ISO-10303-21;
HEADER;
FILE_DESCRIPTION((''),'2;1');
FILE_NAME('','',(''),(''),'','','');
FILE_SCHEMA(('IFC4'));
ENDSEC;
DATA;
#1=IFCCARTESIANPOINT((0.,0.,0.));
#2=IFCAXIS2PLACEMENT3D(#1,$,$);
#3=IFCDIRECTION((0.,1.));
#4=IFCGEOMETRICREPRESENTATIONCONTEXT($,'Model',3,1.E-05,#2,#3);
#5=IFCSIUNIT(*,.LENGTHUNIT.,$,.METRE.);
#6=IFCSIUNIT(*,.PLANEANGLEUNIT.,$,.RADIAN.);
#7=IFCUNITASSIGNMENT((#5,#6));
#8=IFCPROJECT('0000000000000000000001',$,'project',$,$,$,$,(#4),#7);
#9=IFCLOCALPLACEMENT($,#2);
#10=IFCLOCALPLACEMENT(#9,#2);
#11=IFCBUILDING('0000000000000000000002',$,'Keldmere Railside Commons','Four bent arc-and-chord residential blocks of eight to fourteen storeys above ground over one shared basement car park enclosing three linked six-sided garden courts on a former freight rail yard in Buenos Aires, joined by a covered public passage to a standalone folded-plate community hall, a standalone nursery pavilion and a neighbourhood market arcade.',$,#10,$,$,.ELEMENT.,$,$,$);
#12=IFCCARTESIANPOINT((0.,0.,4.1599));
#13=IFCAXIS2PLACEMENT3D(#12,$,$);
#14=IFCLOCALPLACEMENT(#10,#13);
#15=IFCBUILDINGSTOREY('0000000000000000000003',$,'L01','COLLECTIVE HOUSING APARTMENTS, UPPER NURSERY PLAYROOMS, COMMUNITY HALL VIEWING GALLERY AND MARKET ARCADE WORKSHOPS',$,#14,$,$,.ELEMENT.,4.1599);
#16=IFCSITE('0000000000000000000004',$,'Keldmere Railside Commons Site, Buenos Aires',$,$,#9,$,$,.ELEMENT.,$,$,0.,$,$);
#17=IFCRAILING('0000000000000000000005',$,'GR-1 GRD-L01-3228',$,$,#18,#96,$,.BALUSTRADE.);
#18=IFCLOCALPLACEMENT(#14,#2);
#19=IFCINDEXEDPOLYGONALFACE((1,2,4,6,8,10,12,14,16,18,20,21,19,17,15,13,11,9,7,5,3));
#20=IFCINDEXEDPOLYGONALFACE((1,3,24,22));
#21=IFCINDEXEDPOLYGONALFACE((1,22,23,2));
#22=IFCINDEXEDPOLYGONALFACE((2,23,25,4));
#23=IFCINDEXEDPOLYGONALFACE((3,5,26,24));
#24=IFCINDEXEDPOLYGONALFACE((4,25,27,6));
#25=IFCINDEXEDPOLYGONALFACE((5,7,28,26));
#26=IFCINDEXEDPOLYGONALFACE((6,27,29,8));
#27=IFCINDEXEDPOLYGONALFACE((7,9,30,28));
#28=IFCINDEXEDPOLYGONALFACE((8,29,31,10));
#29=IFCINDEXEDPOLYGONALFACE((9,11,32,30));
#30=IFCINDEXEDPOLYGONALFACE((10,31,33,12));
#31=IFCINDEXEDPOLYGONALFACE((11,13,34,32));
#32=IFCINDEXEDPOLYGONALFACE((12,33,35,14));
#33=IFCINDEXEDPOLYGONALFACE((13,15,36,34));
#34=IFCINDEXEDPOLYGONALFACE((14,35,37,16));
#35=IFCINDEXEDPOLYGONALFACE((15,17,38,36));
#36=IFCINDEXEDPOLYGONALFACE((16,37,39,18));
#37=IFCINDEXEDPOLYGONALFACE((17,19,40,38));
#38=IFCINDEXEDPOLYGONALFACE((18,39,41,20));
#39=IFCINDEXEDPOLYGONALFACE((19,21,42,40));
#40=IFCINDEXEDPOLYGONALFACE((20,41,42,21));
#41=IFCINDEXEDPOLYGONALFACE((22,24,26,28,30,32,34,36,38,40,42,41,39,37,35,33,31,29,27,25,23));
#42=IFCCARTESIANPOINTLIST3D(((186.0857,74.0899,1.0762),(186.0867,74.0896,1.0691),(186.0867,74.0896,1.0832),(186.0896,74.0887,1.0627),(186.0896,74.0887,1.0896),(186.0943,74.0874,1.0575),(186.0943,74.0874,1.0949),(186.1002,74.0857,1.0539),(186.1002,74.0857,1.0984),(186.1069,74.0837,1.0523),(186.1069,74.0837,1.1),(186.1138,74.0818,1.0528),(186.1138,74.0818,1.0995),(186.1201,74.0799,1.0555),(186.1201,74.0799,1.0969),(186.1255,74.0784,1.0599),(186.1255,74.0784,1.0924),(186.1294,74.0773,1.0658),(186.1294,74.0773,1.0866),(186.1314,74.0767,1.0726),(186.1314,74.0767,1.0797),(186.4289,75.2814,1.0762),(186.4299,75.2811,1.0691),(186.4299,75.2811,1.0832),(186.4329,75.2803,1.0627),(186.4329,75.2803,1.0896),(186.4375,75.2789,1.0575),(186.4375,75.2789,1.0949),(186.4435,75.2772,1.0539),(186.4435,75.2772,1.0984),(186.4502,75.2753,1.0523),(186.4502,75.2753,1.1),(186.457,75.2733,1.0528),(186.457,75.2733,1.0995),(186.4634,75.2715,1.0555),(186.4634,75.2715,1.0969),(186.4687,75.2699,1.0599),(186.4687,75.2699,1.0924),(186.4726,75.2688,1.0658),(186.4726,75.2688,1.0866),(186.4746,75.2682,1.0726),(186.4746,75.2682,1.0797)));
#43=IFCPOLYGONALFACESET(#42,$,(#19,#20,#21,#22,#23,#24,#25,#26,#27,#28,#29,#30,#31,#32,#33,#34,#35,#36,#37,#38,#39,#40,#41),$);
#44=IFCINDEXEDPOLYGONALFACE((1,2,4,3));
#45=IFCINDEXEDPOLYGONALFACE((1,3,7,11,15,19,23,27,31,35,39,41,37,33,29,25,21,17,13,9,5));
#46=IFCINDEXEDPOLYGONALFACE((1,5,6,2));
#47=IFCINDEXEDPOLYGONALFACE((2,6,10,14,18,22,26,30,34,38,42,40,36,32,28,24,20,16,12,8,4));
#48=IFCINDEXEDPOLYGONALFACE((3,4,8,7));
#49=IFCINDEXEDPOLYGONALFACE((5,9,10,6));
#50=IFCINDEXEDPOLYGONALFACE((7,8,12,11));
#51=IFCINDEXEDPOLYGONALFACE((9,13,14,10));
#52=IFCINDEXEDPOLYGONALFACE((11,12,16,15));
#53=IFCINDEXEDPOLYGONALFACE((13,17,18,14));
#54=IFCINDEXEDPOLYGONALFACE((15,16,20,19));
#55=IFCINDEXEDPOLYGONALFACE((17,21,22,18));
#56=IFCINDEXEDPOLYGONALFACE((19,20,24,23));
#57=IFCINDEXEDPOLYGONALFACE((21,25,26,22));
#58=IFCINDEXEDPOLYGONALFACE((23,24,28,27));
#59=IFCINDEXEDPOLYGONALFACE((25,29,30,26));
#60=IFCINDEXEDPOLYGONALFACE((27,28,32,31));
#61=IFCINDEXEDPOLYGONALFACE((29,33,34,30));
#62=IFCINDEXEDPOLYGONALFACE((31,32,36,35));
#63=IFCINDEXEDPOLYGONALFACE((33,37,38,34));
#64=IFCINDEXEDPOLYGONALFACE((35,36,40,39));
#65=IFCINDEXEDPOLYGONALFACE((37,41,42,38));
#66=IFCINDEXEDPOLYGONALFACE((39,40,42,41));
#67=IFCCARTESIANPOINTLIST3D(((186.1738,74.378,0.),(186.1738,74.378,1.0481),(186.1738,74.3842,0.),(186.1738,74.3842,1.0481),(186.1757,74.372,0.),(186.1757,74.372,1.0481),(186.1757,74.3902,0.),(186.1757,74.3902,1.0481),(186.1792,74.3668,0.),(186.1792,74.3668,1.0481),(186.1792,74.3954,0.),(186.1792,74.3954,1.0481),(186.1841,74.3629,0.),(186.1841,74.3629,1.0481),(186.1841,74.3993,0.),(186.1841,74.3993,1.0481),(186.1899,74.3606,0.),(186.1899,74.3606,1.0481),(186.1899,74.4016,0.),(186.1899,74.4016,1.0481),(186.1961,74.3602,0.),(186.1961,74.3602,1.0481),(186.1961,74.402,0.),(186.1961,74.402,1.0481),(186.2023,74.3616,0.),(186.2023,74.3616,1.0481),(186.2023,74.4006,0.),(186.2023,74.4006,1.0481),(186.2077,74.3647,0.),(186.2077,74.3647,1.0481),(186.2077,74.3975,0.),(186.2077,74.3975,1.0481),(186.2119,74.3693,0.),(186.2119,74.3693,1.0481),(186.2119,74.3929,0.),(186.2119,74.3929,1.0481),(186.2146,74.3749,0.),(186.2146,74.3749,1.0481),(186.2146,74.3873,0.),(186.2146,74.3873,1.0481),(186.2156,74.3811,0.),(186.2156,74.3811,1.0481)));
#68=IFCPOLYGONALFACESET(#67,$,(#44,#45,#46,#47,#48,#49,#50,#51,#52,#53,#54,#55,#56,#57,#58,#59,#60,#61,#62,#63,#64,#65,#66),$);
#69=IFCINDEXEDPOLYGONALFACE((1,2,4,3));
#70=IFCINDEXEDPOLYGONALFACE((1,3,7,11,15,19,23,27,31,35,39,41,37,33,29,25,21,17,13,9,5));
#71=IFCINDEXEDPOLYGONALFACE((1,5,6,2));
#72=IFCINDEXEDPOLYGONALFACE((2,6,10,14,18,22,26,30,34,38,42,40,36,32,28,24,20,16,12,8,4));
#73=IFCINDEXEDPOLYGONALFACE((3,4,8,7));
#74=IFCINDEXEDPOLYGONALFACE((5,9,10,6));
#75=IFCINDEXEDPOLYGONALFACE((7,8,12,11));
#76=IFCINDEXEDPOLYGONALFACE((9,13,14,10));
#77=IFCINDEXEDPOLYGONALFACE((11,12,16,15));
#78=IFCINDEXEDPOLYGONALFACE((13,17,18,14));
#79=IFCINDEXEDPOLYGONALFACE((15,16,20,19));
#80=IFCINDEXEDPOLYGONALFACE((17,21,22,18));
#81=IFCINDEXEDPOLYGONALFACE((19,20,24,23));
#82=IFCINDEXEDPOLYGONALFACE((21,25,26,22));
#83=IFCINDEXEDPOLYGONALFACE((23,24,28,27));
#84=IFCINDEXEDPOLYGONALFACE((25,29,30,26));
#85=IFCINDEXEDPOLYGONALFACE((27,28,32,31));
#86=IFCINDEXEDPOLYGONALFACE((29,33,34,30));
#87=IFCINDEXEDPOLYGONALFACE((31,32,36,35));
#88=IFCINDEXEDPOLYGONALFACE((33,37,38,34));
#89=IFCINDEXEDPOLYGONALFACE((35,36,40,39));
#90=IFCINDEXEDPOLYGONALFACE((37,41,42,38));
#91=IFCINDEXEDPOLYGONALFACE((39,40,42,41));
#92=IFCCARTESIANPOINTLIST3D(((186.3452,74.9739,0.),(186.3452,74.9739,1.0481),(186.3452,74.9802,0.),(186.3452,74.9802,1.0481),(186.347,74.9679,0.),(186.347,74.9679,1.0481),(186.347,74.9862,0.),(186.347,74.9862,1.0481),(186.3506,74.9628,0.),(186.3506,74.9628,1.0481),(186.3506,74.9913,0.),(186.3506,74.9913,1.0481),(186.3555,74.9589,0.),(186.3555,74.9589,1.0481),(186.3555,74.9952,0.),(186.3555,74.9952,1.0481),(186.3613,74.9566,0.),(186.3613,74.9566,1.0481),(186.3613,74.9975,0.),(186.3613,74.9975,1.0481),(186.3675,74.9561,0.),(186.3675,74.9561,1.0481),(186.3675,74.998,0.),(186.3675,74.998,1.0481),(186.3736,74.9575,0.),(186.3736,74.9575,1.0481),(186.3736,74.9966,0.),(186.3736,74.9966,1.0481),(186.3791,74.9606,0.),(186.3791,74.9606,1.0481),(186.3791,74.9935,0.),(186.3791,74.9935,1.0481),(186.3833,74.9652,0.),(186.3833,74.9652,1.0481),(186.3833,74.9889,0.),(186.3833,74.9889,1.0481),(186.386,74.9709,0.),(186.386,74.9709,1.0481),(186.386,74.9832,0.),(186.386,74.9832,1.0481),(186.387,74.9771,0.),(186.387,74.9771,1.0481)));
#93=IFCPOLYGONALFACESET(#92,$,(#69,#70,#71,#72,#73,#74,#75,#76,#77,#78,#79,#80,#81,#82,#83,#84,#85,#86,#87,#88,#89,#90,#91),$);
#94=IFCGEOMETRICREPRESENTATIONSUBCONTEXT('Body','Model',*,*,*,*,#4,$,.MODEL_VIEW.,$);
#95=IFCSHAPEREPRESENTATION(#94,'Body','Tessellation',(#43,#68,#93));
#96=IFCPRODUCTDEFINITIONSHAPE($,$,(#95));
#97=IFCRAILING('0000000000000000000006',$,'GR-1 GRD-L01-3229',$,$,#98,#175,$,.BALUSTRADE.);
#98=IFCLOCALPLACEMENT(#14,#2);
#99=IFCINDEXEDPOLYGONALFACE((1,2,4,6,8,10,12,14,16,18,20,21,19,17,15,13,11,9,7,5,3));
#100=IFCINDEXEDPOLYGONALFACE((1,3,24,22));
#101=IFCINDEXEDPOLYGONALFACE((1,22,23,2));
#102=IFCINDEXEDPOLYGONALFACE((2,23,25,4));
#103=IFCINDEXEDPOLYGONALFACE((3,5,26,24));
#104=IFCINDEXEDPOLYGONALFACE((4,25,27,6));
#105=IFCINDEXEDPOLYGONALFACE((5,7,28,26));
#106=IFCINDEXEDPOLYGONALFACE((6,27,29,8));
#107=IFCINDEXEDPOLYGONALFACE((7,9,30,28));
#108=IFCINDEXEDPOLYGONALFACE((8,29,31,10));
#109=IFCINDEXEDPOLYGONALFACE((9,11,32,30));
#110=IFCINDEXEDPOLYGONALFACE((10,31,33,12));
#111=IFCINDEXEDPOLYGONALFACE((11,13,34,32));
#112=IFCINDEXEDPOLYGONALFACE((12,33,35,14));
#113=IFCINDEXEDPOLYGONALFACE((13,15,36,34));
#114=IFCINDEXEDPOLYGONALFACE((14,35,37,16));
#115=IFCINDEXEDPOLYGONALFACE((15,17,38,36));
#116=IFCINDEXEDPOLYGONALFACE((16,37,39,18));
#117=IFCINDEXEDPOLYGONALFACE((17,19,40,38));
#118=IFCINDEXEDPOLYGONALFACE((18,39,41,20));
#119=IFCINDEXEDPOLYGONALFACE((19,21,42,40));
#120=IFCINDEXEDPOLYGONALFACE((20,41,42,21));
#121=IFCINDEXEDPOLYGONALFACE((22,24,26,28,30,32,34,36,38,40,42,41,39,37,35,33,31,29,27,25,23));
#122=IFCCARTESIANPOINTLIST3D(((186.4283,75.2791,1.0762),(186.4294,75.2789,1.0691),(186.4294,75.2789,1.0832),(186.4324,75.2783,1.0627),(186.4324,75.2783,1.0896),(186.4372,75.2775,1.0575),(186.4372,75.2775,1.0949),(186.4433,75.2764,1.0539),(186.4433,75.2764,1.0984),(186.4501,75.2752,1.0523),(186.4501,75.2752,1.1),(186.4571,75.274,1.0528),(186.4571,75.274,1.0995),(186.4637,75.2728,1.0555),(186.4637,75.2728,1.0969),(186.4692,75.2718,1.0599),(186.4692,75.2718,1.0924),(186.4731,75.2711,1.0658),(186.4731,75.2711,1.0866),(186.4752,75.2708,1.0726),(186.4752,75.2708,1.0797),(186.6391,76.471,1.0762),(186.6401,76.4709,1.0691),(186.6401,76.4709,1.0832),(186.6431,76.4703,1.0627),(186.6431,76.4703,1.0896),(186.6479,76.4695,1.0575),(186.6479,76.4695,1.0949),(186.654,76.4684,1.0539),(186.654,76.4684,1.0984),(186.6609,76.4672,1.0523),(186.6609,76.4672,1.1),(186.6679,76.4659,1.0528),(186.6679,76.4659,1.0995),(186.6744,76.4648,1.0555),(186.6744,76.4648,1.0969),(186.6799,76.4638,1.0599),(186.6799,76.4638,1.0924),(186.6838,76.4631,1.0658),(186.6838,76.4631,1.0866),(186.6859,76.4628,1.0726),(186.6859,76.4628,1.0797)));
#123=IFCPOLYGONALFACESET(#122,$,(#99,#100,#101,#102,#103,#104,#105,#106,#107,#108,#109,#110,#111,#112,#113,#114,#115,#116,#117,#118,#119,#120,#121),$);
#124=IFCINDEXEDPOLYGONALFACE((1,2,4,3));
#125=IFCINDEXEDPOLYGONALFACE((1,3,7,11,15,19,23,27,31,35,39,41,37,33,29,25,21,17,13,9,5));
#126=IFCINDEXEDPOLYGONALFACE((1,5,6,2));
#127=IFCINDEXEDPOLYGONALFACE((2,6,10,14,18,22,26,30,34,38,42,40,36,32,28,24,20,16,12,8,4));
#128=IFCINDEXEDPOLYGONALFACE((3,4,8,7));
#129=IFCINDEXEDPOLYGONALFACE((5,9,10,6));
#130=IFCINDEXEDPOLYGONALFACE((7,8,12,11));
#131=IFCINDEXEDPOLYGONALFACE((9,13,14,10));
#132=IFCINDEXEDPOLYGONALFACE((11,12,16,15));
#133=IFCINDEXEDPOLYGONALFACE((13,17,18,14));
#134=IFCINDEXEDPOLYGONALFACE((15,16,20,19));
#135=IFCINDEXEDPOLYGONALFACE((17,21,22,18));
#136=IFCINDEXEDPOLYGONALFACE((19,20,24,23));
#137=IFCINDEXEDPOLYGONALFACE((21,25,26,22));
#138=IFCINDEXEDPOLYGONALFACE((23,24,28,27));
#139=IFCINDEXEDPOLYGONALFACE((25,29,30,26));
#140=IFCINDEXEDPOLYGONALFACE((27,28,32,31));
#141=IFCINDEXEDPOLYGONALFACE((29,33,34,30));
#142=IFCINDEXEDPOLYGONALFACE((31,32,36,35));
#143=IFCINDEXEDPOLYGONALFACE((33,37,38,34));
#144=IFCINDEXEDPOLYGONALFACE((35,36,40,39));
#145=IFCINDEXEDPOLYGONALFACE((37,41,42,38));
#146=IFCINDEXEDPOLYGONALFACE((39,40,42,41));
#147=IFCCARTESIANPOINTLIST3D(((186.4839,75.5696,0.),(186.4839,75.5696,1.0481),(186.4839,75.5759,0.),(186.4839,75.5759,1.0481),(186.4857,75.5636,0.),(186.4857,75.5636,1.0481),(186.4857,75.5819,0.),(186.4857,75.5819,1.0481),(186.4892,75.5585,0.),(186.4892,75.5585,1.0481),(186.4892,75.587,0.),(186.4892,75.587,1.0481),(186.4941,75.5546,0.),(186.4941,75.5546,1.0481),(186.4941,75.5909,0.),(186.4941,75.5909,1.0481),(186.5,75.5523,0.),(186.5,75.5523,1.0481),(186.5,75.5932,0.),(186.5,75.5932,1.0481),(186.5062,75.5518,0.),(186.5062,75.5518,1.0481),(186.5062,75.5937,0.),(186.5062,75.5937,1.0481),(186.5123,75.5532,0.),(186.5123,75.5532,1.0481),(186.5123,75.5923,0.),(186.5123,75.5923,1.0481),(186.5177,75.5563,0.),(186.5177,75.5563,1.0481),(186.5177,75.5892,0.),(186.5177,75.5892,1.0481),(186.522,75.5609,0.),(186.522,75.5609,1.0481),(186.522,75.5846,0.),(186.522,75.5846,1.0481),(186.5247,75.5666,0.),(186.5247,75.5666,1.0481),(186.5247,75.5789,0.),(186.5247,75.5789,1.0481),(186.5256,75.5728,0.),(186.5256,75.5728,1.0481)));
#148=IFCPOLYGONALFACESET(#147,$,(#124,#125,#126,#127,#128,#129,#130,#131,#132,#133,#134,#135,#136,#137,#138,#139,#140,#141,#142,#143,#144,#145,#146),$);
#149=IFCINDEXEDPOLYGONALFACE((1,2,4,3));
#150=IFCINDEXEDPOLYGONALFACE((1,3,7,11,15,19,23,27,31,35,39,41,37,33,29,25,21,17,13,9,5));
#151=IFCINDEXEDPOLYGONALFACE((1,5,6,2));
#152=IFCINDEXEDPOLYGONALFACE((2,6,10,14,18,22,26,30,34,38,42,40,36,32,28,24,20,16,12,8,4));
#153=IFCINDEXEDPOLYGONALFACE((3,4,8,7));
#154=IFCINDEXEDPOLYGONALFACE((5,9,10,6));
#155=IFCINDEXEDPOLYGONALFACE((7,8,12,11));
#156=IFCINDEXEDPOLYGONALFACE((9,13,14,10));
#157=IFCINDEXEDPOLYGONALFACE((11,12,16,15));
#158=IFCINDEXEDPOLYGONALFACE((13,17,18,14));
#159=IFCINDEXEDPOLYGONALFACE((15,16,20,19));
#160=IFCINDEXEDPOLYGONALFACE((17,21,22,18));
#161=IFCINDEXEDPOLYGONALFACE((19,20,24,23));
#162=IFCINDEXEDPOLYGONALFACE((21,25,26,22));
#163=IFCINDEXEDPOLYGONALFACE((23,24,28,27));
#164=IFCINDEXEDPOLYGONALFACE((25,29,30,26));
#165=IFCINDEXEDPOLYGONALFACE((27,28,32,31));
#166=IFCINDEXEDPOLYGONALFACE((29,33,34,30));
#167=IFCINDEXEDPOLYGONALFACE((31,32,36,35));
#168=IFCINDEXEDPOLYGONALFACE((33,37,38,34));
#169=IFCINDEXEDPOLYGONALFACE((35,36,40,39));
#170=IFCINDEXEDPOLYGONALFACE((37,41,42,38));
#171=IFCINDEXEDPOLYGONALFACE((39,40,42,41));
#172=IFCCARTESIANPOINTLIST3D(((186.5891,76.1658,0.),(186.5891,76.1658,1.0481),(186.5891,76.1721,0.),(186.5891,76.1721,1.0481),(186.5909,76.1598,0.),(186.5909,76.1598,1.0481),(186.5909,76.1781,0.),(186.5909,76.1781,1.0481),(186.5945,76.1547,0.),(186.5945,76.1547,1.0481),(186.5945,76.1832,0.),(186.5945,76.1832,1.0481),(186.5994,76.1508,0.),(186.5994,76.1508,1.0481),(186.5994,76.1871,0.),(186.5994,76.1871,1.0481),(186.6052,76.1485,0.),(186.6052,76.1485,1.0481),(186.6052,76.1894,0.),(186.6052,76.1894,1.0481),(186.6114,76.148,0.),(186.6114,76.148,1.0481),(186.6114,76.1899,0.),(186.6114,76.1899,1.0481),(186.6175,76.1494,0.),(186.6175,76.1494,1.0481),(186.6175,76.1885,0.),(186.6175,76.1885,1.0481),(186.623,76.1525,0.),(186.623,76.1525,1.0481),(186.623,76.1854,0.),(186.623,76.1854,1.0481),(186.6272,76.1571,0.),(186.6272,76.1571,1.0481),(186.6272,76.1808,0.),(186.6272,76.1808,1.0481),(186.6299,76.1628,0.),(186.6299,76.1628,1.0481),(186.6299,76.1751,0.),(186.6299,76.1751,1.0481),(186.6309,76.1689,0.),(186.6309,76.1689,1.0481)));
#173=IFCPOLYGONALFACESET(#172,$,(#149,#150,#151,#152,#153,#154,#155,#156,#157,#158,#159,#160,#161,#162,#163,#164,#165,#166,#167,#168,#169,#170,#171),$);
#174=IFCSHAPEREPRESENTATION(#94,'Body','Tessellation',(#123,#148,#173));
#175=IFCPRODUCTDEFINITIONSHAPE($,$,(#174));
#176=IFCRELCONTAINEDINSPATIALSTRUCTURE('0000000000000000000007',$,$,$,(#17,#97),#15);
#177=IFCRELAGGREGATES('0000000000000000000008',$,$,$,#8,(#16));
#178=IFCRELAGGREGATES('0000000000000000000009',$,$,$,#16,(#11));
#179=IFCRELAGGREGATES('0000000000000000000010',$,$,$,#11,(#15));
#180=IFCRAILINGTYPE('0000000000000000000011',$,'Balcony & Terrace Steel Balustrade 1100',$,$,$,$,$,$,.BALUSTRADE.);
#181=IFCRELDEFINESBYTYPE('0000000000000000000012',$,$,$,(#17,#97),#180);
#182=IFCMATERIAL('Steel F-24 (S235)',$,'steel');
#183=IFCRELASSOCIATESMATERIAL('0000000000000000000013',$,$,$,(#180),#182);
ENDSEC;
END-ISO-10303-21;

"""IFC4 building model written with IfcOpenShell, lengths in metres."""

from ifc_helpers import new_model, si_unit, direction, frame, origin, origin_2d, place, context, subcontext, project, spatial, circle, extrude, material, type_object, element, save


model = new_model("IFC4")

# Units and contexts
model_context = context("Model", 3, precision=1e-05, world=origin(), true_north=direction((0.0, 1.0)))
body_context = subcontext(model_context, "Body", "Model", "MODEL_VIEW")
ifc_project = project(units=[si_unit("LENGTHUNIT", "METRE"), si_unit("PLANEANGLEUNIT", "RADIAN")], contexts=[model_context])

# Site, building, storey
site_placement = place(None, origin())
site = spatial("IfcSite", under=ifc_project, at=site_placement, Name="Keldmere Railside Commons Site, Buenos Aires", CompositionType="ELEMENT", RefElevation=0.0)
building_placement = place(site_placement, origin())
building = spatial("IfcBuilding", under=site, at=building_placement, Name="Keldmere Railside Commons", Description="Four bent arc-and-chord residential blocks of eight to fourteen storeys above ground over one shared basement car park enclosing three linked six-sided garden courts on a former freight rail yard in Buenos Aires, joined by a covered public passage to a standalone folded-plate community hall, a standalone nursery pavilion and a neighbourhood market arcade.", CompositionType="ELEMENT")
storey_placement = place(building_placement, frame((0.0, 0.0, 4.1599)))
storey = spatial("IfcBuildingStorey", under=building, at=storey_placement, Name="L01", Description="COLLECTIVE HOUSING APARTMENTS, UPPER NURSERY PLAYROOMS, COMMUNITY HALL VIEWING GALLERY AND MARKET ARCADE WORKSHOPS", CompositionType="ELEMENT", Elevation=4.1599)

# Shared definitions
ifc_material_1 = material(Name="Steel F-24 (S235)", Category="steel")

# Railings
railing_type_1 = type_object("IfcRailingType", Name="Balcony & Terrace Steel Balustrade 1100", PredefinedType="BALUSTRADE", material=ifc_material_1)
railing_1_placement = place(storey_placement, frame((186.1086, 74.0833, 0.0)))
element("IfcRailing", 1, at=railing_1_placement, inside=storey, type_object=railing_type_1, Name="GR-1 GRD-L01-3228", PredefinedType="BALUSTRADE", context=body_context, shape_type="SweptSolid", body=[
    extrude(circle(Radius=0.0239, at=origin_2d()), frame((0.0, 0.0, 1.0762), z_axis=(0.276801, 0.960927, 0.0), x_axis=(-0.960927, 0.276801, 0.0)), (0.0, 0.0, 1.0), 1.24),
    extrude(circle(Radius=0.021, at=origin_2d()), frame((0.0859, 0.2979, 0.0)), (0.0, 0.0, 1.0), 1.0481),
    extrude(circle(Radius=0.021, at=origin_2d()), frame((0.2573, 0.8938, 0.0)), (0.0, 0.0, 1.0), 1.0481),
])
railing_2_placement = place(storey_placement, frame((186.4519, 75.2749, 0.0)))
element("IfcRailing", 2, at=railing_2_placement, inside=storey, type_object=railing_type_1, Name="GR-1 GRD-L01-3229", PredefinedType="BALUSTRADE", context=body_context, shape_type="SweptSolid", body=[
    extrude(circle(Radius=0.0239, at=origin_2d()), frame((0.0, 0.0, 1.0762), z_axis=(0.174073, 0.984733, 0.0), x_axis=(-0.984733, 0.174073, 0.0)), (0.0, 0.0, 1.0), 1.2104),
    extrude(circle(Radius=0.021, at=origin_2d()), frame((0.0527, 0.2979, 0.0)), (0.0, 0.0, 1.0), 1.0481),
    extrude(circle(Radius=0.021, at=origin_2d()), frame((0.158, 0.894, 0.0)), (0.0, 0.0, 1.0), 1.0481),
])

save(model, "model.ifc")
